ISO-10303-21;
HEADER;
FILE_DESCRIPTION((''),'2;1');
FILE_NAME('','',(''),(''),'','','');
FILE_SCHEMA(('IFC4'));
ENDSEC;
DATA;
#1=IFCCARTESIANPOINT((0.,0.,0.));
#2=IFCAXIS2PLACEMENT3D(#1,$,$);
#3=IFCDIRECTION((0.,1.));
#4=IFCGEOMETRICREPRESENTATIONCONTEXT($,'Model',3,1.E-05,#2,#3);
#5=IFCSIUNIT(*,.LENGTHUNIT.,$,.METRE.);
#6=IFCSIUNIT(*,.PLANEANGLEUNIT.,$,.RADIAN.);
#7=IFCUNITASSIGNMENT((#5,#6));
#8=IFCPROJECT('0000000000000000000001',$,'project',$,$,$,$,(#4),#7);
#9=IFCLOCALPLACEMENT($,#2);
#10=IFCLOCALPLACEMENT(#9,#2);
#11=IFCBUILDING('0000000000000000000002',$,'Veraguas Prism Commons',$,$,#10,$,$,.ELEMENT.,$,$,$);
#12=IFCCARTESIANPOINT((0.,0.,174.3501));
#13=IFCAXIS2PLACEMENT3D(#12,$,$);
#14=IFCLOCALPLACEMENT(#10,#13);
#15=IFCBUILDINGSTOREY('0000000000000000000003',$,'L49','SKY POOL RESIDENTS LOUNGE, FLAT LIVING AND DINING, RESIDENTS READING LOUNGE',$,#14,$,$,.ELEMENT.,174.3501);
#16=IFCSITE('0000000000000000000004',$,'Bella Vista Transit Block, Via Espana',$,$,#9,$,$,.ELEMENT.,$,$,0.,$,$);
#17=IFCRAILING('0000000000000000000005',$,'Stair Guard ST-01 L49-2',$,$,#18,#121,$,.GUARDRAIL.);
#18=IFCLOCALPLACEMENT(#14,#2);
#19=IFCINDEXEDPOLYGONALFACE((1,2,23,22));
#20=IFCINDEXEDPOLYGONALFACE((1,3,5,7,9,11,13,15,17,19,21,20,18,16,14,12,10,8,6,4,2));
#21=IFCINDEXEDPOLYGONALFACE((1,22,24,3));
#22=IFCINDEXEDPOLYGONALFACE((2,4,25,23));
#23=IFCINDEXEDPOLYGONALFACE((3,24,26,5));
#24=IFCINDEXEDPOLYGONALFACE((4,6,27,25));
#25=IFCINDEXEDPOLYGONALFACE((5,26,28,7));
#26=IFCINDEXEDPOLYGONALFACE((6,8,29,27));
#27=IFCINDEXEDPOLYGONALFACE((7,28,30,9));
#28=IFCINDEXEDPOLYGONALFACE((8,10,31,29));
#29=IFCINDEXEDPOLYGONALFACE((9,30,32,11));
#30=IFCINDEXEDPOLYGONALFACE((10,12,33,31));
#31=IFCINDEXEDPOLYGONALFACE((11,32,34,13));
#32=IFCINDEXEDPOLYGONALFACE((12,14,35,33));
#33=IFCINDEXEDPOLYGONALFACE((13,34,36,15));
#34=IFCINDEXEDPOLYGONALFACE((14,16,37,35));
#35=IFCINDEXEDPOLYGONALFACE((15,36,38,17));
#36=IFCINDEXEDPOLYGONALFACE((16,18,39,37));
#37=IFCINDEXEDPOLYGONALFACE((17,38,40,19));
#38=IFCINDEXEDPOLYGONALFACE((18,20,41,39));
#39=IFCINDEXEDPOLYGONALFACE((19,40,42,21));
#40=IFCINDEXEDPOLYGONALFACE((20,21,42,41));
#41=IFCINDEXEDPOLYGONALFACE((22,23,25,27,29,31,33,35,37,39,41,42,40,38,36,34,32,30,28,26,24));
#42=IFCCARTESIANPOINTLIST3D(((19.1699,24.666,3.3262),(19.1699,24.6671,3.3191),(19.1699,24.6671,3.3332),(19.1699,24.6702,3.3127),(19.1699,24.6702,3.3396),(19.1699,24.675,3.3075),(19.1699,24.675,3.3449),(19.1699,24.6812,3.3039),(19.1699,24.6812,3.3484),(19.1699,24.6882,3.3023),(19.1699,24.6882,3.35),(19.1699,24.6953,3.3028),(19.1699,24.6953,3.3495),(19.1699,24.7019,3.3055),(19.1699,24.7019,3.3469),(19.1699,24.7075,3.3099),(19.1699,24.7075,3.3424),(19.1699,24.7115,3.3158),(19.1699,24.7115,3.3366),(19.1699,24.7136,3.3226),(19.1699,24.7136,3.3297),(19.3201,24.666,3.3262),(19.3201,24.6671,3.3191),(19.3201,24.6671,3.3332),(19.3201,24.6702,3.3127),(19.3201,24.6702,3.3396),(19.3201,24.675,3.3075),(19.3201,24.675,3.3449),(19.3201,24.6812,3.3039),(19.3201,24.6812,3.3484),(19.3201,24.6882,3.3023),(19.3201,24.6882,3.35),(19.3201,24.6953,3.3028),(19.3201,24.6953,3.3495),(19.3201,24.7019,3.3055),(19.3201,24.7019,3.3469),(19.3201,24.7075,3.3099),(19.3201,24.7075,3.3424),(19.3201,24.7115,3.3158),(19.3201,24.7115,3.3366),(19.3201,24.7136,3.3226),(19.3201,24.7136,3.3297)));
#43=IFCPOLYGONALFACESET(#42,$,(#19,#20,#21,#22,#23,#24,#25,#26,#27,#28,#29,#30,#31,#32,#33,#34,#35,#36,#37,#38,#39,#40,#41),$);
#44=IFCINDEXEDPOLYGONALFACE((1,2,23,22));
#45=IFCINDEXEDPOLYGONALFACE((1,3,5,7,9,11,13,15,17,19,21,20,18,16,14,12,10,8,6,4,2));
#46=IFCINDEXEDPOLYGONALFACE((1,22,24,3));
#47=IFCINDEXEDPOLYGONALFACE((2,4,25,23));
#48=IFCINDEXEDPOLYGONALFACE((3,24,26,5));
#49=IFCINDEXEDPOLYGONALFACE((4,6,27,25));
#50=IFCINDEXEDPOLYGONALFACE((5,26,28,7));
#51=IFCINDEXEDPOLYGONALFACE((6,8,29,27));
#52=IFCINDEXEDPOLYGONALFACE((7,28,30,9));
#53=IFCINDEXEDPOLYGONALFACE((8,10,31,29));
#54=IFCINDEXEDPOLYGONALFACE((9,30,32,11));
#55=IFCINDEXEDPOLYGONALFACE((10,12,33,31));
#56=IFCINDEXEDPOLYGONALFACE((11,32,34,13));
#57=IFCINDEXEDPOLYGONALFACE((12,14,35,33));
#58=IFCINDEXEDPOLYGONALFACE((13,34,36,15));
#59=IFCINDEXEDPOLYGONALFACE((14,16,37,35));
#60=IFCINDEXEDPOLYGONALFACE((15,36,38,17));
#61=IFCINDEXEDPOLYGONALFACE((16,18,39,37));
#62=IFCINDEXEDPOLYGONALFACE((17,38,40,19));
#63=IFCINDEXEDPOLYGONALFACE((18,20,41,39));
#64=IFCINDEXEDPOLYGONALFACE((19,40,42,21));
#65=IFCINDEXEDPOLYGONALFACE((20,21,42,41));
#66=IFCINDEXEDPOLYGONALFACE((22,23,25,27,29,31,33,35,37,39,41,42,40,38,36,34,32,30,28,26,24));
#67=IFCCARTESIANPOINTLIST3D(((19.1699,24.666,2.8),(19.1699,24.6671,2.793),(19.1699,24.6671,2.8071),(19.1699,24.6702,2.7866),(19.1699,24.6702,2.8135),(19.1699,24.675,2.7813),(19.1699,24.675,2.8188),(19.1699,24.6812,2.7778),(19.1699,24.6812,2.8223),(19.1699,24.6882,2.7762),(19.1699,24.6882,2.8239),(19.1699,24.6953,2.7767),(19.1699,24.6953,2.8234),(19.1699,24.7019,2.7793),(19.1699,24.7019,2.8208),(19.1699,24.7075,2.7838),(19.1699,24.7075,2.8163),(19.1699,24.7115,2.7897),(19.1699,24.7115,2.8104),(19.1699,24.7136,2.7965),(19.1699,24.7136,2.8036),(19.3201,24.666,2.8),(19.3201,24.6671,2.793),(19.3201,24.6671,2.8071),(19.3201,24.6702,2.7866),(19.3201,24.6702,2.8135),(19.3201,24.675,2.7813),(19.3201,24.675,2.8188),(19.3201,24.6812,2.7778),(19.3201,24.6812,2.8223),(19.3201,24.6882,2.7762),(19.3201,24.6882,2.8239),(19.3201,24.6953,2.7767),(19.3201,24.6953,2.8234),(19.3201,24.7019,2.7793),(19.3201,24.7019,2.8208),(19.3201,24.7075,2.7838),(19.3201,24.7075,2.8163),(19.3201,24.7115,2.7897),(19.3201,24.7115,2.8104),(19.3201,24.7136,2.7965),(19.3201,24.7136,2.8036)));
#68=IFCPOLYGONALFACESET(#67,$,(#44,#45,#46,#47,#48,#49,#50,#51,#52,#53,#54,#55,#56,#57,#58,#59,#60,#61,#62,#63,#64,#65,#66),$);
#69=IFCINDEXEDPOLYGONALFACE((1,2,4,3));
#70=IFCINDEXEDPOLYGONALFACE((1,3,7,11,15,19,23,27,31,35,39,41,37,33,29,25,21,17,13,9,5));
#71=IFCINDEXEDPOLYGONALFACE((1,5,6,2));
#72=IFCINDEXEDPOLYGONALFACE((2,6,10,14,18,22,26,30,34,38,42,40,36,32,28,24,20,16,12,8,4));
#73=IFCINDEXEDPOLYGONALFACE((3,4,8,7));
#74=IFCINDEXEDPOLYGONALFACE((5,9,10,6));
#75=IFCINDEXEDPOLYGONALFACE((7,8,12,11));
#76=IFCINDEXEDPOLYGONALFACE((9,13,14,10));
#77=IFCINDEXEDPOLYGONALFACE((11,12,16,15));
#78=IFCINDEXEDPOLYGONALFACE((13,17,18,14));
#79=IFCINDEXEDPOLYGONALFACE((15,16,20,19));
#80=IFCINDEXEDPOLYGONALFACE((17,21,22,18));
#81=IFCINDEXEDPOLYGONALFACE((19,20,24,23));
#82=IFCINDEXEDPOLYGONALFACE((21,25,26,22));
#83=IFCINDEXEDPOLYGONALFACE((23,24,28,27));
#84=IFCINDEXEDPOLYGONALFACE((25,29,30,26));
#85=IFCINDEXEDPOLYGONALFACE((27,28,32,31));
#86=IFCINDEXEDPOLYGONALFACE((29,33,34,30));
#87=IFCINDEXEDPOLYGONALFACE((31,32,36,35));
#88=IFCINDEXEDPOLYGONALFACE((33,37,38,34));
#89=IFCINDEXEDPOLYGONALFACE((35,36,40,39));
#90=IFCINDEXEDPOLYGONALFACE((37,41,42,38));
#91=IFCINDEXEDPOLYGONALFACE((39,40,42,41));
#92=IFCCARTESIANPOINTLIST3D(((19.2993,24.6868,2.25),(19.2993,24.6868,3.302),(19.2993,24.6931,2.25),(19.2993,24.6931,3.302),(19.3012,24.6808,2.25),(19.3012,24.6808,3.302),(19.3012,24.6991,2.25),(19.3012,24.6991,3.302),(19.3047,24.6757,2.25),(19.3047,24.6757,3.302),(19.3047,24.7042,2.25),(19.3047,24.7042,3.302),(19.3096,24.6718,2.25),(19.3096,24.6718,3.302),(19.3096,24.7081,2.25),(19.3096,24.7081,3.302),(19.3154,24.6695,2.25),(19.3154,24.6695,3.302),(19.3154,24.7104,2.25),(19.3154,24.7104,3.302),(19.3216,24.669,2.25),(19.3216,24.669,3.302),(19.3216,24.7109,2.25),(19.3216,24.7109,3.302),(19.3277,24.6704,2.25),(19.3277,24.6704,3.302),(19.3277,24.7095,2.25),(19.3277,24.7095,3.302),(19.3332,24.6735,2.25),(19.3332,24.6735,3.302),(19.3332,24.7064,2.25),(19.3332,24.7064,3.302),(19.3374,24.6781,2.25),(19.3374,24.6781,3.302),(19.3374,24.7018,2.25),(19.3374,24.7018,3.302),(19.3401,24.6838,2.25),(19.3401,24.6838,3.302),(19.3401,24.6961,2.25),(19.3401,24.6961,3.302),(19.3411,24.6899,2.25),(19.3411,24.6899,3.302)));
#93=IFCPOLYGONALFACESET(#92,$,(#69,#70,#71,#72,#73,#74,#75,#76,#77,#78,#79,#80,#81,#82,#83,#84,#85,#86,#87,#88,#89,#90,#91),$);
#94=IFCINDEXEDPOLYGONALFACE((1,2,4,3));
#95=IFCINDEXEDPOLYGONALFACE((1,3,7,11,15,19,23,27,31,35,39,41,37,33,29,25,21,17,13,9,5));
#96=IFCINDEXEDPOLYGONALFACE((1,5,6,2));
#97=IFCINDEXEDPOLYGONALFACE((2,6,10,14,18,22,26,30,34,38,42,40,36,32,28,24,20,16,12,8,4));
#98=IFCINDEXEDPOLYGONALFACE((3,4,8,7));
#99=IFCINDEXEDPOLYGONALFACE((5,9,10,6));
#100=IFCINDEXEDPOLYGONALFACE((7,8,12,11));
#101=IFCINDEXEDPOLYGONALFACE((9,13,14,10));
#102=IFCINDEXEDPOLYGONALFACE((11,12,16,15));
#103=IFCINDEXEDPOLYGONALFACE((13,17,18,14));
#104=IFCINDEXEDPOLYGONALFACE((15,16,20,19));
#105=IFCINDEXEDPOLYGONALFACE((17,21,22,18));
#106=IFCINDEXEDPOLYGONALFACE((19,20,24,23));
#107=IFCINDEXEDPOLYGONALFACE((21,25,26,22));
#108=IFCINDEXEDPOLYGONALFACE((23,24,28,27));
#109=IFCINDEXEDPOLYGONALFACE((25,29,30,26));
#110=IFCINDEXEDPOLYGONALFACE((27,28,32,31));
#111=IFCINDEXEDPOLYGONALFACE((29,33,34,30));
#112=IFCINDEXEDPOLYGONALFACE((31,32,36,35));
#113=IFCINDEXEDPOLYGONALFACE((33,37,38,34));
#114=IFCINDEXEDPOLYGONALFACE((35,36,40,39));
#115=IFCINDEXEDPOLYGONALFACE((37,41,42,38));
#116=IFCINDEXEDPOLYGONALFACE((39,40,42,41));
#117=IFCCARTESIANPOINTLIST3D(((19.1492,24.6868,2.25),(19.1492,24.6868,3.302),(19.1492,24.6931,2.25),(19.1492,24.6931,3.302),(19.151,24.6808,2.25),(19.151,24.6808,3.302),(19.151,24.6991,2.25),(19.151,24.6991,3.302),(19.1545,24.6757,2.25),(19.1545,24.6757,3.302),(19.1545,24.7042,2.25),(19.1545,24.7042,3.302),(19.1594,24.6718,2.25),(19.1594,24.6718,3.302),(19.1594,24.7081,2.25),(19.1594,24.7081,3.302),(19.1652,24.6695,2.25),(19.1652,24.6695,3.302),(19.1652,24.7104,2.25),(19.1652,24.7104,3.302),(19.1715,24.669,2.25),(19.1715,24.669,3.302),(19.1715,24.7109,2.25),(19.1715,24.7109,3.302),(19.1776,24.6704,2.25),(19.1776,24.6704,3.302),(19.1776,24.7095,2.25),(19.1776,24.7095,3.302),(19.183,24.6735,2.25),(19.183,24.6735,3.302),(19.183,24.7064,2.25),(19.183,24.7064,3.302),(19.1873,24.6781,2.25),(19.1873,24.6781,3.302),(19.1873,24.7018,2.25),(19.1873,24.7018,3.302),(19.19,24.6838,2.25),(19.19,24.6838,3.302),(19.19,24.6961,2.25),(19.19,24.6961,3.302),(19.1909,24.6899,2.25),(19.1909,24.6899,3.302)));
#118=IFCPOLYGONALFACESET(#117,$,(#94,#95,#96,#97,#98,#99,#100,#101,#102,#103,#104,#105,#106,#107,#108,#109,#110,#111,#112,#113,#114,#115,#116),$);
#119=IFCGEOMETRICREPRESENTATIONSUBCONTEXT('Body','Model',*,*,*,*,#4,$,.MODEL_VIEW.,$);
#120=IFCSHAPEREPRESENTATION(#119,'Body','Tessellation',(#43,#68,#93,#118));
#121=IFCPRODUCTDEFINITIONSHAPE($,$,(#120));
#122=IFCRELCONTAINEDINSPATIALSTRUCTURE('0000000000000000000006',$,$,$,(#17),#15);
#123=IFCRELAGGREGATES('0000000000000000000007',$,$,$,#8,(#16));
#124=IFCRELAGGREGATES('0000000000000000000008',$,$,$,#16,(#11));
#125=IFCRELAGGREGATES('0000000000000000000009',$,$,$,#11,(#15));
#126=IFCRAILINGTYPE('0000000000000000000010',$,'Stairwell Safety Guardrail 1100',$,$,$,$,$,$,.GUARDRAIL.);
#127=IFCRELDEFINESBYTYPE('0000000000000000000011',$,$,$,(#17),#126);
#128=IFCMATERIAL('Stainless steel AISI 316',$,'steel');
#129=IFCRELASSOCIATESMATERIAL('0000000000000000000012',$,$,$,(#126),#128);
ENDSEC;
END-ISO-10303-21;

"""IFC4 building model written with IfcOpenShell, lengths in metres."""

from ifc_helpers import new_model, si_unit, direction, frame, origin, origin_2d, place, context, subcontext, project, spatial, circle, extrude, material, type_object, element, save


model = new_model("IFC4")

# Units and contexts
model_context = context("Model", 3, precision=1e-05, world=origin(), true_north=direction((0.0, 1.0)))
body_context = subcontext(model_context, "Body", "Model", "MODEL_VIEW")
ifc_project = project(units=[si_unit("LENGTHUNIT", "METRE"), si_unit("PLANEANGLEUNIT", "RADIAN")], contexts=[model_context])

# Site, building, storey
site_placement = place(None, origin())
site = spatial("IfcSite", under=ifc_project, at=site_placement, Name="Bella Vista Transit Block, Via Espana", CompositionType="ELEMENT", RefElevation=0.0)
building_placement = place(site_placement, origin())
building = spatial("IfcBuilding", under=site, at=building_placement, Name="Veraguas Prism Commons", CompositionType="ELEMENT")
storey_placement = place(building_placement, frame((0.0, 0.0, 174.3501)))
storey = spatial("IfcBuildingStorey", under=building, at=storey_placement, Name="L49", Description="SKY POOL RESIDENTS LOUNGE, FLAT LIVING AND DINING, RESIDENTS READING LOUNGE", CompositionType="ELEMENT", Elevation=174.3501)

# Railing
ifc_material_1 = material(Name="Stainless steel AISI 316", Category="steel")
railing_type_1 = type_object("IfcRailingType", Name="Stairwell Safety Guardrail 1100", PredefinedType="GUARDRAIL", material=ifc_material_1)
railing_1_placement = place(storey_placement, frame((19.3201, 24.6899, 2.25)))
element("IfcRailing", 1, at=railing_1_placement, inside=storey, type_object=railing_type_1, Name="Stair Guard ST-01 L49-2", PredefinedType="GUARDRAIL", context=body_context, shape_type="SweptSolid", body=[
    extrude(circle(Radius=0.0239, at=origin_2d()), frame((0.0, 0.0, 1.0762), z_axis=(-1.0, 0.0, 0.0), x_axis=(0.0, -1.0, 0.0)), (0.0, 0.0, 1.0), 0.1501),
    extrude(circle(Radius=0.0239, at=origin_2d()), frame((0.0, 0.0, 0.55), z_axis=(-1.0, 0.0, 0.0), x_axis=(0.0, -1.0, 0.0)), (0.0, 0.0, 1.0), 0.1501),
    extrude(circle(Radius=0.021, at=origin_2d()), origin(), (0.0, 0.0, 1.0), 1.052),
    extrude(circle(Radius=0.021, at=origin_2d()), frame((-0.1501, 0.0, 0.0)), (0.0, 0.0, 1.0), 1.052),
])

save(model, "model.ifc")
